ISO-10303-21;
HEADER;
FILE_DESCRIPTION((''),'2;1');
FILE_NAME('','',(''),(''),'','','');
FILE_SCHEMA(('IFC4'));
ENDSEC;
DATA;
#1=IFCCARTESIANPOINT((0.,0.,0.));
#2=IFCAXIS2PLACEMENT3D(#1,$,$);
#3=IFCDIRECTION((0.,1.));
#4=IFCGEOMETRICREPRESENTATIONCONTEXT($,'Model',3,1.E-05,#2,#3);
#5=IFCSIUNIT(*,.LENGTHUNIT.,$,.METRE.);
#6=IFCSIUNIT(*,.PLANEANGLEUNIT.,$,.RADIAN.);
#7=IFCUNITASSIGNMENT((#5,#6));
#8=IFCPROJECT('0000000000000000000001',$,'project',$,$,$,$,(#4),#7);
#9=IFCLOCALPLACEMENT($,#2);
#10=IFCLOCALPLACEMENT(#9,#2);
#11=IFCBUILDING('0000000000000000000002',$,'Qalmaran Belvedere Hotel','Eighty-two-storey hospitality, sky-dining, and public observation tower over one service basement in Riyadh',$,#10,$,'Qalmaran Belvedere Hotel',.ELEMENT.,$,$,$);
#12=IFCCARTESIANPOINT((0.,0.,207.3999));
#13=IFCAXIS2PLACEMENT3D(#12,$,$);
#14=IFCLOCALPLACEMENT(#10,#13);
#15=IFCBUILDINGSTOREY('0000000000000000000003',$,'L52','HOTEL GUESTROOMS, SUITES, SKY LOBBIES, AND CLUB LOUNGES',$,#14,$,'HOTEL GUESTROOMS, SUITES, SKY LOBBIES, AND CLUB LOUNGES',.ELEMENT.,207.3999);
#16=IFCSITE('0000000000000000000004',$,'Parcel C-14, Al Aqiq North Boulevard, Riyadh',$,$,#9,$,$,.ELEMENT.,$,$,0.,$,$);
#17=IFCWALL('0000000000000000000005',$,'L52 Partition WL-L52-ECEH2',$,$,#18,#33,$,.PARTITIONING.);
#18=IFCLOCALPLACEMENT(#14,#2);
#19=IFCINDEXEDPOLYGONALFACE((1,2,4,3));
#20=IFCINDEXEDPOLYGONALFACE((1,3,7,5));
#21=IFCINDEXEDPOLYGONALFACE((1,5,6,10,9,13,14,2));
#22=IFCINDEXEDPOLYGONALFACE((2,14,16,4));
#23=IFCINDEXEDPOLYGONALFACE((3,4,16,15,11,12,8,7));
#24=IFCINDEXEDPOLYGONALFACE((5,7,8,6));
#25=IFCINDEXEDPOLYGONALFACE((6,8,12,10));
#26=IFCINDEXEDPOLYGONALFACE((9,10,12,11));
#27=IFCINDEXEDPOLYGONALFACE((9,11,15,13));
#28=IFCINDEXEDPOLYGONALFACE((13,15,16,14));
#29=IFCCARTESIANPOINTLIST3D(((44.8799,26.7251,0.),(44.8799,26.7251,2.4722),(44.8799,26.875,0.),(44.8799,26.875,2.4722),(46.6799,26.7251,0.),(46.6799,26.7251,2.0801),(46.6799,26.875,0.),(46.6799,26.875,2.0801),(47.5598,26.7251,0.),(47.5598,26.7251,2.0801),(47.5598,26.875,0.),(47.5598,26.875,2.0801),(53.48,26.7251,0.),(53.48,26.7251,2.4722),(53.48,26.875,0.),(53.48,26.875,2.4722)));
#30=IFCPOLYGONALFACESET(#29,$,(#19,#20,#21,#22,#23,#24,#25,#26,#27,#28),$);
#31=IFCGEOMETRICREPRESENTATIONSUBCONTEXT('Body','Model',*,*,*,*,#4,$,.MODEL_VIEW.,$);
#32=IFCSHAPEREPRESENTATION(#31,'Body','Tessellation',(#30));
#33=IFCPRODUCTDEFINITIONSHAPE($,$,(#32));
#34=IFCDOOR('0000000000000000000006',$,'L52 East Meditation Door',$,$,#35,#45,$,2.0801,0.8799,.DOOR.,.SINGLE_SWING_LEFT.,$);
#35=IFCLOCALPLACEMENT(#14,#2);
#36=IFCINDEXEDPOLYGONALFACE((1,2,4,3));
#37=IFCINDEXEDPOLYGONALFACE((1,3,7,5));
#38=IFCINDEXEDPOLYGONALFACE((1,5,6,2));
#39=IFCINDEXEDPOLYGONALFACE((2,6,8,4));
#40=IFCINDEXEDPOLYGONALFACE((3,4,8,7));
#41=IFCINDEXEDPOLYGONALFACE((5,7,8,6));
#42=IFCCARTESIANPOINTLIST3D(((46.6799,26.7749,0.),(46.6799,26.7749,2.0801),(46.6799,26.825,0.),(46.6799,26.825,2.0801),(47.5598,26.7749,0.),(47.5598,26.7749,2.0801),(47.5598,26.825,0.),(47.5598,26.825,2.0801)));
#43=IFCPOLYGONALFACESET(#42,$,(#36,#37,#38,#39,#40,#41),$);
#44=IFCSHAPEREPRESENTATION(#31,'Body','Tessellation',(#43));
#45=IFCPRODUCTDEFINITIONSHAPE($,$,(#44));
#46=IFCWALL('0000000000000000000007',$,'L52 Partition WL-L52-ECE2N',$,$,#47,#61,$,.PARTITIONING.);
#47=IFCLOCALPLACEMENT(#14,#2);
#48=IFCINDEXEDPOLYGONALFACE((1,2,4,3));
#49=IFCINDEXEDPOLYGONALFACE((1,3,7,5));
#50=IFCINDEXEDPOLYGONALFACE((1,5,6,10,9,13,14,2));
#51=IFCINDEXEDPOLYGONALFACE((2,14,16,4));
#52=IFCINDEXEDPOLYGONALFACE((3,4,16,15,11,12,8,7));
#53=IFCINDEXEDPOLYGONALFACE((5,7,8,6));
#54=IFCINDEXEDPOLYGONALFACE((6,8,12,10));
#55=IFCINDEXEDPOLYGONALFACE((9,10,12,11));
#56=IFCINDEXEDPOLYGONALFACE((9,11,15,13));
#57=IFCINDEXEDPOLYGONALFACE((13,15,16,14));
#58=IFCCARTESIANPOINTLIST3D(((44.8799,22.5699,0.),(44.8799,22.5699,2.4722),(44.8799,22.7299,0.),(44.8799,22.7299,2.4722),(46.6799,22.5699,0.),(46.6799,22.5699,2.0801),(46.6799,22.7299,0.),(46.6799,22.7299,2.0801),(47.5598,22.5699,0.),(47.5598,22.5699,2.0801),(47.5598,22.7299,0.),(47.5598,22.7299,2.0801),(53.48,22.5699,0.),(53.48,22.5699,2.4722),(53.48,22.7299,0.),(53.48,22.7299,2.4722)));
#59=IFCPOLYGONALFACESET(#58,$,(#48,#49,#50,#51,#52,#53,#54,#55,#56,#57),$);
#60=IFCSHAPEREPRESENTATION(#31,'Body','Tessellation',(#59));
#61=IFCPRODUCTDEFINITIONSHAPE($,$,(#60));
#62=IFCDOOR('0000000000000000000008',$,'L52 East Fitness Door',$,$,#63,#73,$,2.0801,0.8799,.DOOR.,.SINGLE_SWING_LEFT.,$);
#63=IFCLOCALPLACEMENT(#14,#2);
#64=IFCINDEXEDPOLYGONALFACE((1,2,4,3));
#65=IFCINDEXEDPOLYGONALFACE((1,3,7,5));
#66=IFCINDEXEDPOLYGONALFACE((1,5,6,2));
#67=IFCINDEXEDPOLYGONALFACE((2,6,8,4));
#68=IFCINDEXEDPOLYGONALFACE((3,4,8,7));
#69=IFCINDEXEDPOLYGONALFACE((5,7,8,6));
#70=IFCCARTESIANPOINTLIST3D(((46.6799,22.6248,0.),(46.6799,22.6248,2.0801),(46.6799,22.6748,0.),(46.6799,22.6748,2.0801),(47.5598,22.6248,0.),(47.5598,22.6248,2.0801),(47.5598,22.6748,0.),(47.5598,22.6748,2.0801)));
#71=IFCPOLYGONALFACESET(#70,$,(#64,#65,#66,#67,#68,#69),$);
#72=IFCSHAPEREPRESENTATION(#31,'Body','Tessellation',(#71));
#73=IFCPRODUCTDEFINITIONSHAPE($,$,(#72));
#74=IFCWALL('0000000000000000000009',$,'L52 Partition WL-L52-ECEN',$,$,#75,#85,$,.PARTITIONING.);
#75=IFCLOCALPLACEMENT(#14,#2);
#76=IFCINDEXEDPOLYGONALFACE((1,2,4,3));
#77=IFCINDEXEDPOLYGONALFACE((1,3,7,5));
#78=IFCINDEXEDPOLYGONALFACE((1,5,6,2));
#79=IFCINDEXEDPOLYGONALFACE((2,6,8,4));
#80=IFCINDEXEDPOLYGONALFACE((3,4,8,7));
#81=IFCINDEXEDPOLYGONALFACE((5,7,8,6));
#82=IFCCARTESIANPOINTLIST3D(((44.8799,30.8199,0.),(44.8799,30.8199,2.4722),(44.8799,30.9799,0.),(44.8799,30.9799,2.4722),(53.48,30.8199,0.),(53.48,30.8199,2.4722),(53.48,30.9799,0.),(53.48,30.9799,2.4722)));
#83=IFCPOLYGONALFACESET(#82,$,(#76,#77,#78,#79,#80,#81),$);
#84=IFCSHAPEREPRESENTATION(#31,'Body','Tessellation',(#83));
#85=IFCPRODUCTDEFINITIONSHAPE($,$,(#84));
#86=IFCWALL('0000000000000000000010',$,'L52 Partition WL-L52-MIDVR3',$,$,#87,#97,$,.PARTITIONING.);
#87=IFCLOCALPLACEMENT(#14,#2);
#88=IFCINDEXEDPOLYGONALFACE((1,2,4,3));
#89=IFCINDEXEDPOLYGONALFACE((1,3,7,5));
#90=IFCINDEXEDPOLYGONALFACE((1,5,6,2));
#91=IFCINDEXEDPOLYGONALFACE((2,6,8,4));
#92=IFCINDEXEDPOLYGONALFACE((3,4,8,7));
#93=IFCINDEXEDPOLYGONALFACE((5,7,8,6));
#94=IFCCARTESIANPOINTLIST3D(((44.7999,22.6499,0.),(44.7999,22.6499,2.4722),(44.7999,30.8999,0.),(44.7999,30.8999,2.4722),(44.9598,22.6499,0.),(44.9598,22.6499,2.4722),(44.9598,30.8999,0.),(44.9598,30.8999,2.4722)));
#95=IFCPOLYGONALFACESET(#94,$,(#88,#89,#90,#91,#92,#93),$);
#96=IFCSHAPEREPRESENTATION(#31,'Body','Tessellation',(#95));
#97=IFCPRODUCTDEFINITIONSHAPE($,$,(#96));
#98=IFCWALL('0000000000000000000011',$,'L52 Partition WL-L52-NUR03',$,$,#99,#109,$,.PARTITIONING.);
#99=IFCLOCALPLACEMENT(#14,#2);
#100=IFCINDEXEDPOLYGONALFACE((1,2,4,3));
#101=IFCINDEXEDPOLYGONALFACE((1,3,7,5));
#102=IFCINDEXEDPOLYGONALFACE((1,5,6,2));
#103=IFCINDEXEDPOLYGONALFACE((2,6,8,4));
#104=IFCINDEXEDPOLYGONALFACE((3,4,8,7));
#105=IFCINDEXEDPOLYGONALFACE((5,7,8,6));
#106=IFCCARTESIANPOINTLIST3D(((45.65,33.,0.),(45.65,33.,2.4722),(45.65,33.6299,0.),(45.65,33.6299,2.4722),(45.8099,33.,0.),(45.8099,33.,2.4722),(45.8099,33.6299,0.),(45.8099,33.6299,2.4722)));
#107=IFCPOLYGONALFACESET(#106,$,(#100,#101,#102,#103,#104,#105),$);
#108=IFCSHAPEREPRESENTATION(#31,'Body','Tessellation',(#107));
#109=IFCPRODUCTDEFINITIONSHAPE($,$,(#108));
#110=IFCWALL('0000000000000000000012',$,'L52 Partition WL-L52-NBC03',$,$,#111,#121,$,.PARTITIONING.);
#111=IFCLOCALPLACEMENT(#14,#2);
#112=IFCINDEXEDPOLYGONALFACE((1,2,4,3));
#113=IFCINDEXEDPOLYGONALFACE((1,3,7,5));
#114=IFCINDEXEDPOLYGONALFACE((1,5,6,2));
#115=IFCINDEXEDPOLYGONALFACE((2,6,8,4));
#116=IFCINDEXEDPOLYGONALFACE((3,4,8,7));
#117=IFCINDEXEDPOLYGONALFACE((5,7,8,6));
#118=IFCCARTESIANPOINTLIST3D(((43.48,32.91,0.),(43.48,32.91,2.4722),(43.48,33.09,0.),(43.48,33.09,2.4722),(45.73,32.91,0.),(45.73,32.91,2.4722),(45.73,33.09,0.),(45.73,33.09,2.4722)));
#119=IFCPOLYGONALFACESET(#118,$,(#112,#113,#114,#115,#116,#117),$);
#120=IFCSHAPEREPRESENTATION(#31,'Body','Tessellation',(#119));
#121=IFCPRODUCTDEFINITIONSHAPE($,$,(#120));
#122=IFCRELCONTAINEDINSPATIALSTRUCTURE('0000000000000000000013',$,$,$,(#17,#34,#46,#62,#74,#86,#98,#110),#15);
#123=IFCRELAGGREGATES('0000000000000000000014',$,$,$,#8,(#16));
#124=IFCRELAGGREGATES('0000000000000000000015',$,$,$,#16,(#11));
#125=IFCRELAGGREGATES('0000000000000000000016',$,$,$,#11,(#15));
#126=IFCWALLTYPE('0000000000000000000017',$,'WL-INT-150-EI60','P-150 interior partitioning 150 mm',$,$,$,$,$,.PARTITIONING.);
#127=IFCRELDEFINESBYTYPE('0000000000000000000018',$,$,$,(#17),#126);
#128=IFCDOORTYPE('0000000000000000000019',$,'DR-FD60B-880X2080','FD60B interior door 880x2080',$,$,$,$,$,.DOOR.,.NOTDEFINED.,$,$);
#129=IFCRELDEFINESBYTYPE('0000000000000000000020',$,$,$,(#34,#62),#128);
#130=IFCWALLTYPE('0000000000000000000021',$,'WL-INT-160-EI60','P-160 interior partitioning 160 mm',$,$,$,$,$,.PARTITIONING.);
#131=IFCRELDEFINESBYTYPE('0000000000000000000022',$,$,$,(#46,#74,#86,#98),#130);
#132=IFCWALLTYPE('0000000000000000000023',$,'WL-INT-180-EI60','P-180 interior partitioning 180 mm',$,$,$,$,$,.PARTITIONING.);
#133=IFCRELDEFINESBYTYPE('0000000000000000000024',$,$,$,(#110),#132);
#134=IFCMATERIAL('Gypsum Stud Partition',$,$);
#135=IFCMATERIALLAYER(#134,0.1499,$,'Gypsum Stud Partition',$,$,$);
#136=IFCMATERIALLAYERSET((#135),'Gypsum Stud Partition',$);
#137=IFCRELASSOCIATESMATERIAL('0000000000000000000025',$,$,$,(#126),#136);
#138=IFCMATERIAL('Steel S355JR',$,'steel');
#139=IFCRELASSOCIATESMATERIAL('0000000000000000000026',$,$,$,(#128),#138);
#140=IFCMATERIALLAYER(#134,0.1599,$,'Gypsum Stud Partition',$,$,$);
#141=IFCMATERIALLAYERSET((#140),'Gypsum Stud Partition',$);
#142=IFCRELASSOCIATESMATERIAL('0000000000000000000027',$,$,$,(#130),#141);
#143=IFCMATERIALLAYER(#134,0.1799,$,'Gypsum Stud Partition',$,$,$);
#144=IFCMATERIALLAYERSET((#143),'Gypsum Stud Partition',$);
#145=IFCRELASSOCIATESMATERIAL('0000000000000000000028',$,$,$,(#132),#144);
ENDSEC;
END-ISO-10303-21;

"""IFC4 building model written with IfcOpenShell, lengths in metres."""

from ifc_helpers import new_model, si_unit, direction, frame, frame_2d, origin, place, context, subcontext, project, spatial, rectangle, extrude, material, layer, layer_set, type_object, element, fill, save


model = new_model("IFC4")

# Units and contexts
model_context = context("Model", 3, precision=1e-05, world=origin(), true_north=direction((0.0, 1.0)))
body_context = subcontext(model_context, "Body", "Model", "MODEL_VIEW")
ifc_project = project(units=[si_unit("LENGTHUNIT", "METRE"), si_unit("PLANEANGLEUNIT", "RADIAN")], contexts=[model_context])

# Site, building, storey
site_placement = place(None, origin())
site = spatial("IfcSite", under=ifc_project, at=site_placement, Name="Parcel C-14, Al Aqiq North Boulevard, Riyadh", CompositionType="ELEMENT", RefElevation=0.0)
building_placement = place(site_placement, origin())
building = spatial("IfcBuilding", under=site, at=building_placement, Name="Qalmaran Belvedere Hotel", Description="Eighty-two-storey hospitality, sky-dining, and public observation tower over one service basement in Riyadh", LongName="Qalmaran Belvedere Hotel", CompositionType="ELEMENT")
storey_placement = place(building_placement, frame((0.0, 0.0, 207.3999)))
storey = spatial("IfcBuildingStorey", under=building, at=storey_placement, Name="L52", Description="HOTEL GUESTROOMS, SUITES, SKY LOBBIES, AND CLUB LOUNGES", LongName="HOTEL GUESTROOMS, SUITES, SKY LOBBIES, AND CLUB LOUNGES", CompositionType="ELEMENT", Elevation=207.3999)

# Shared definitions
ifc_material_1 = material(Name="Steel S355JR", Category="steel")

# Walls, openings, doors
ifc_material_2 = material(Name="Gypsum Stud Partition")
ifc_layer_1 = layer(ifc_material_2, 0.1499, Name="Gypsum Stud Partition")
ifc_layer_set_1 = layer_set([ifc_layer_1], Name="Gypsum Stud Partition")
wall_type_1 = type_object("IfcWallType", Name="WL-INT-150-EI60", Description="P-150 interior partitioning 150 mm", PredefinedType="PARTITIONING", material=ifc_layer_set_1)
wall_1_placement = place(storey_placement, frame((44.8799, 26.8, 0.0), z_axis=(0.0, 0.0, 1.0), x_axis=(1.0, 0.0, 0.0)))
wall_1 = element("IfcWall", 1, at=wall_1_placement, inside=storey, type_object=wall_type_1, Name="L52 Partition WL-L52-ECEH2", PredefinedType="PARTITIONING", context=body_context, shape_type="SweptSolid", body=[
    extrude(rectangle(XDim=8.6001, YDim=0.1499, at=frame_2d((4.3, 0.0))), origin(), (0.0, 0.0, 1.0), 2.4722),
])
opening_1_placement = place(wall_1_placement, frame((1.8, 0.0, 0.0)))
opening_1 = element("IfcOpeningElement", 2, at=opening_1_placement, cuts=wall_1, PredefinedType="OPENING", context=body_context, shape_type="SweptSolid", body=[
    extrude(rectangle(XDim=0.8799, YDim=2.0801, at=frame_2d((0.4399, 1.04))), frame((0.0, 0.085, 0.0), z_axis=(0.0, -1.0, 0.0), x_axis=(1.0, 0.0, 0.0)), (0.0, 0.0, 1.0), 0.1699),
])
door_type = type_object("IfcDoorType", Name="DR-FD60B-880X2080", Description="FD60B interior door 880x2080", OperationType="NOTDEFINED", PredefinedType="DOOR", material=ifc_material_1)
door_1_placement = place(opening_1_placement, origin())
door_1 = element("IfcDoor", 3, at=door_1_placement, inside=storey, type_object=door_type, Name="L52 East Meditation Door", OperationType="SINGLE_SWING_LEFT", OverallHeight=2.0801, OverallWidth=0.8799, PredefinedType="DOOR", context=body_context, shape_type="SweptSolid", body=[
    extrude(rectangle(XDim=0.8799, YDim=2.0801, at=frame_2d((0.4399, 1.04))), frame((0.0, 0.0249, 0.0), z_axis=(0.0, -1.0, 0.0), x_axis=(1.0, 0.0, 0.0)), (0.0, 0.0, 1.0), 0.05),
])
fill(opening_1, door_1)
ifc_layer_2 = layer(ifc_material_2, 0.1599, Name="Gypsum Stud Partition")
ifc_layer_set_2 = layer_set([ifc_layer_2], Name="Gypsum Stud Partition")
wall_type_2 = type_object("IfcWallType", Name="WL-INT-160-EI60", Description="P-160 interior partitioning 160 mm", PredefinedType="PARTITIONING", material=ifc_layer_set_2)
wall_2_placement = place(storey_placement, frame((44.8799, 22.6499, 0.0), z_axis=(0.0, 0.0, 1.0), x_axis=(1.0, 0.0, 0.0)))
wall_2 = element("IfcWall", 4, at=wall_2_placement, inside=storey, type_object=wall_type_2, Name="L52 Partition WL-L52-ECE2N", PredefinedType="PARTITIONING", context=body_context, shape_type="SweptSolid", body=[
    extrude(rectangle(XDim=8.6001, YDim=0.1599, at=frame_2d((4.3, 0.0))), origin(), (0.0, 0.0, 1.0), 2.4722),
])
opening_2_placement = place(wall_2_placement, frame((1.8, 0.0, 0.0)))
opening_2 = element("IfcOpeningElement", 5, at=opening_2_placement, cuts=wall_2, PredefinedType="OPENING", context=body_context, shape_type="SweptSolid", body=[
    extrude(rectangle(XDim=0.8799, YDim=2.0801, at=frame_2d((0.4399, 1.04))), frame((0.0, 0.0898, 0.0), z_axis=(0.0, -1.0, 0.0), x_axis=(1.0, 0.0, 0.0)), (0.0, 0.0, 1.0), 0.1799),
])
door_2_placement = place(opening_2_placement, origin())
door_2 = element("IfcDoor", 6, at=door_2_placement, inside=storey, type_object=door_type, Name="L52 East Fitness Door", OperationType="SINGLE_SWING_LEFT", OverallHeight=2.0801, OverallWidth=0.8799, PredefinedType="DOOR", context=body_context, shape_type="SweptSolid", body=[
    extrude(rectangle(XDim=0.8799, YDim=2.0801, at=frame_2d((0.4399, 1.04))), frame((0.0, 0.0249, 0.0), z_axis=(0.0, -1.0, 0.0), x_axis=(1.0, 0.0, 0.0)), (0.0, 0.0, 1.0), 0.05),
])
fill(opening_2, door_2)

# Walls
wall_3_placement = place(storey_placement, frame((44.8799, 30.8999, 0.0), z_axis=(0.0, 0.0, 1.0), x_axis=(1.0, 0.0, 0.0)))
element("IfcWall", 7, at=wall_3_placement, inside=storey, type_object=wall_type_2, Name="L52 Partition WL-L52-ECEN", PredefinedType="PARTITIONING", context=body_context, shape_type="SweptSolid", body=[
    extrude(rectangle(XDim=8.6001, YDim=0.1599, at=frame_2d((4.3, 0.0))), origin(), (0.0, 0.0, 1.0), 2.4722),
])
wall_4_placement = place(storey_placement, frame((44.8799, 22.6499, 0.0), z_axis=(0.0, 0.0, 1.0), x_axis=(0.0, 1.0, 0.0)))
element("IfcWall", 8, at=wall_4_placement, inside=storey, type_object=wall_type_2, Name="L52 Partition WL-L52-MIDVR3", PredefinedType="PARTITIONING", context=body_context, shape_type="SweptSolid", body=[
    extrude(rectangle(XDim=8.25, YDim=0.1599, at=frame_2d((4.125, 0.0))), origin(), (0.0, 0.0, 1.0), 2.4722),
])
wall_5_placement = place(storey_placement, frame((45.73, 33.0, 0.0), z_axis=(0.0, 0.0, 1.0), x_axis=(0.0, 1.0, 0.0)))
element("IfcWall", 9, at=wall_5_placement, inside=storey, type_object=wall_type_2, Name="L52 Partition WL-L52-NUR03", PredefinedType="PARTITIONING", context=body_context, shape_type="SweptSolid", body=[
    extrude(rectangle(XDim=0.6299, YDim=0.1599, at=frame_2d((0.3149, 0.0))), origin(), (0.0, 0.0, 1.0), 2.4722),
])
ifc_layer_3 = layer(ifc_material_2, 0.1799, Name="Gypsum Stud Partition")
ifc_layer_set_3 = layer_set([ifc_layer_3], Name="Gypsum Stud Partition")
wall_type_3 = type_object("IfcWallType", Name="WL-INT-180-EI60", Description="P-180 interior partitioning 180 mm", PredefinedType="PARTITIONING", material=ifc_layer_set_3)
wall_6_placement = place(storey_placement, frame((43.48, 33.0, 0.0), z_axis=(0.0, 0.0, 1.0), x_axis=(1.0, 0.0, 0.0)))
element("IfcWall", 10, at=wall_6_placement, inside=storey, type_object=wall_type_3, Name="L52 Partition WL-L52-NBC03", PredefinedType="PARTITIONING", context=body_context, shape_type="SweptSolid", body=[
    extrude(rectangle(XDim=2.25, YDim=0.1799, at=frame_2d((1.125, 0.0))), origin(), (0.0, 0.0, 1.0), 2.4722),
])

save(model, "model.ifc")
